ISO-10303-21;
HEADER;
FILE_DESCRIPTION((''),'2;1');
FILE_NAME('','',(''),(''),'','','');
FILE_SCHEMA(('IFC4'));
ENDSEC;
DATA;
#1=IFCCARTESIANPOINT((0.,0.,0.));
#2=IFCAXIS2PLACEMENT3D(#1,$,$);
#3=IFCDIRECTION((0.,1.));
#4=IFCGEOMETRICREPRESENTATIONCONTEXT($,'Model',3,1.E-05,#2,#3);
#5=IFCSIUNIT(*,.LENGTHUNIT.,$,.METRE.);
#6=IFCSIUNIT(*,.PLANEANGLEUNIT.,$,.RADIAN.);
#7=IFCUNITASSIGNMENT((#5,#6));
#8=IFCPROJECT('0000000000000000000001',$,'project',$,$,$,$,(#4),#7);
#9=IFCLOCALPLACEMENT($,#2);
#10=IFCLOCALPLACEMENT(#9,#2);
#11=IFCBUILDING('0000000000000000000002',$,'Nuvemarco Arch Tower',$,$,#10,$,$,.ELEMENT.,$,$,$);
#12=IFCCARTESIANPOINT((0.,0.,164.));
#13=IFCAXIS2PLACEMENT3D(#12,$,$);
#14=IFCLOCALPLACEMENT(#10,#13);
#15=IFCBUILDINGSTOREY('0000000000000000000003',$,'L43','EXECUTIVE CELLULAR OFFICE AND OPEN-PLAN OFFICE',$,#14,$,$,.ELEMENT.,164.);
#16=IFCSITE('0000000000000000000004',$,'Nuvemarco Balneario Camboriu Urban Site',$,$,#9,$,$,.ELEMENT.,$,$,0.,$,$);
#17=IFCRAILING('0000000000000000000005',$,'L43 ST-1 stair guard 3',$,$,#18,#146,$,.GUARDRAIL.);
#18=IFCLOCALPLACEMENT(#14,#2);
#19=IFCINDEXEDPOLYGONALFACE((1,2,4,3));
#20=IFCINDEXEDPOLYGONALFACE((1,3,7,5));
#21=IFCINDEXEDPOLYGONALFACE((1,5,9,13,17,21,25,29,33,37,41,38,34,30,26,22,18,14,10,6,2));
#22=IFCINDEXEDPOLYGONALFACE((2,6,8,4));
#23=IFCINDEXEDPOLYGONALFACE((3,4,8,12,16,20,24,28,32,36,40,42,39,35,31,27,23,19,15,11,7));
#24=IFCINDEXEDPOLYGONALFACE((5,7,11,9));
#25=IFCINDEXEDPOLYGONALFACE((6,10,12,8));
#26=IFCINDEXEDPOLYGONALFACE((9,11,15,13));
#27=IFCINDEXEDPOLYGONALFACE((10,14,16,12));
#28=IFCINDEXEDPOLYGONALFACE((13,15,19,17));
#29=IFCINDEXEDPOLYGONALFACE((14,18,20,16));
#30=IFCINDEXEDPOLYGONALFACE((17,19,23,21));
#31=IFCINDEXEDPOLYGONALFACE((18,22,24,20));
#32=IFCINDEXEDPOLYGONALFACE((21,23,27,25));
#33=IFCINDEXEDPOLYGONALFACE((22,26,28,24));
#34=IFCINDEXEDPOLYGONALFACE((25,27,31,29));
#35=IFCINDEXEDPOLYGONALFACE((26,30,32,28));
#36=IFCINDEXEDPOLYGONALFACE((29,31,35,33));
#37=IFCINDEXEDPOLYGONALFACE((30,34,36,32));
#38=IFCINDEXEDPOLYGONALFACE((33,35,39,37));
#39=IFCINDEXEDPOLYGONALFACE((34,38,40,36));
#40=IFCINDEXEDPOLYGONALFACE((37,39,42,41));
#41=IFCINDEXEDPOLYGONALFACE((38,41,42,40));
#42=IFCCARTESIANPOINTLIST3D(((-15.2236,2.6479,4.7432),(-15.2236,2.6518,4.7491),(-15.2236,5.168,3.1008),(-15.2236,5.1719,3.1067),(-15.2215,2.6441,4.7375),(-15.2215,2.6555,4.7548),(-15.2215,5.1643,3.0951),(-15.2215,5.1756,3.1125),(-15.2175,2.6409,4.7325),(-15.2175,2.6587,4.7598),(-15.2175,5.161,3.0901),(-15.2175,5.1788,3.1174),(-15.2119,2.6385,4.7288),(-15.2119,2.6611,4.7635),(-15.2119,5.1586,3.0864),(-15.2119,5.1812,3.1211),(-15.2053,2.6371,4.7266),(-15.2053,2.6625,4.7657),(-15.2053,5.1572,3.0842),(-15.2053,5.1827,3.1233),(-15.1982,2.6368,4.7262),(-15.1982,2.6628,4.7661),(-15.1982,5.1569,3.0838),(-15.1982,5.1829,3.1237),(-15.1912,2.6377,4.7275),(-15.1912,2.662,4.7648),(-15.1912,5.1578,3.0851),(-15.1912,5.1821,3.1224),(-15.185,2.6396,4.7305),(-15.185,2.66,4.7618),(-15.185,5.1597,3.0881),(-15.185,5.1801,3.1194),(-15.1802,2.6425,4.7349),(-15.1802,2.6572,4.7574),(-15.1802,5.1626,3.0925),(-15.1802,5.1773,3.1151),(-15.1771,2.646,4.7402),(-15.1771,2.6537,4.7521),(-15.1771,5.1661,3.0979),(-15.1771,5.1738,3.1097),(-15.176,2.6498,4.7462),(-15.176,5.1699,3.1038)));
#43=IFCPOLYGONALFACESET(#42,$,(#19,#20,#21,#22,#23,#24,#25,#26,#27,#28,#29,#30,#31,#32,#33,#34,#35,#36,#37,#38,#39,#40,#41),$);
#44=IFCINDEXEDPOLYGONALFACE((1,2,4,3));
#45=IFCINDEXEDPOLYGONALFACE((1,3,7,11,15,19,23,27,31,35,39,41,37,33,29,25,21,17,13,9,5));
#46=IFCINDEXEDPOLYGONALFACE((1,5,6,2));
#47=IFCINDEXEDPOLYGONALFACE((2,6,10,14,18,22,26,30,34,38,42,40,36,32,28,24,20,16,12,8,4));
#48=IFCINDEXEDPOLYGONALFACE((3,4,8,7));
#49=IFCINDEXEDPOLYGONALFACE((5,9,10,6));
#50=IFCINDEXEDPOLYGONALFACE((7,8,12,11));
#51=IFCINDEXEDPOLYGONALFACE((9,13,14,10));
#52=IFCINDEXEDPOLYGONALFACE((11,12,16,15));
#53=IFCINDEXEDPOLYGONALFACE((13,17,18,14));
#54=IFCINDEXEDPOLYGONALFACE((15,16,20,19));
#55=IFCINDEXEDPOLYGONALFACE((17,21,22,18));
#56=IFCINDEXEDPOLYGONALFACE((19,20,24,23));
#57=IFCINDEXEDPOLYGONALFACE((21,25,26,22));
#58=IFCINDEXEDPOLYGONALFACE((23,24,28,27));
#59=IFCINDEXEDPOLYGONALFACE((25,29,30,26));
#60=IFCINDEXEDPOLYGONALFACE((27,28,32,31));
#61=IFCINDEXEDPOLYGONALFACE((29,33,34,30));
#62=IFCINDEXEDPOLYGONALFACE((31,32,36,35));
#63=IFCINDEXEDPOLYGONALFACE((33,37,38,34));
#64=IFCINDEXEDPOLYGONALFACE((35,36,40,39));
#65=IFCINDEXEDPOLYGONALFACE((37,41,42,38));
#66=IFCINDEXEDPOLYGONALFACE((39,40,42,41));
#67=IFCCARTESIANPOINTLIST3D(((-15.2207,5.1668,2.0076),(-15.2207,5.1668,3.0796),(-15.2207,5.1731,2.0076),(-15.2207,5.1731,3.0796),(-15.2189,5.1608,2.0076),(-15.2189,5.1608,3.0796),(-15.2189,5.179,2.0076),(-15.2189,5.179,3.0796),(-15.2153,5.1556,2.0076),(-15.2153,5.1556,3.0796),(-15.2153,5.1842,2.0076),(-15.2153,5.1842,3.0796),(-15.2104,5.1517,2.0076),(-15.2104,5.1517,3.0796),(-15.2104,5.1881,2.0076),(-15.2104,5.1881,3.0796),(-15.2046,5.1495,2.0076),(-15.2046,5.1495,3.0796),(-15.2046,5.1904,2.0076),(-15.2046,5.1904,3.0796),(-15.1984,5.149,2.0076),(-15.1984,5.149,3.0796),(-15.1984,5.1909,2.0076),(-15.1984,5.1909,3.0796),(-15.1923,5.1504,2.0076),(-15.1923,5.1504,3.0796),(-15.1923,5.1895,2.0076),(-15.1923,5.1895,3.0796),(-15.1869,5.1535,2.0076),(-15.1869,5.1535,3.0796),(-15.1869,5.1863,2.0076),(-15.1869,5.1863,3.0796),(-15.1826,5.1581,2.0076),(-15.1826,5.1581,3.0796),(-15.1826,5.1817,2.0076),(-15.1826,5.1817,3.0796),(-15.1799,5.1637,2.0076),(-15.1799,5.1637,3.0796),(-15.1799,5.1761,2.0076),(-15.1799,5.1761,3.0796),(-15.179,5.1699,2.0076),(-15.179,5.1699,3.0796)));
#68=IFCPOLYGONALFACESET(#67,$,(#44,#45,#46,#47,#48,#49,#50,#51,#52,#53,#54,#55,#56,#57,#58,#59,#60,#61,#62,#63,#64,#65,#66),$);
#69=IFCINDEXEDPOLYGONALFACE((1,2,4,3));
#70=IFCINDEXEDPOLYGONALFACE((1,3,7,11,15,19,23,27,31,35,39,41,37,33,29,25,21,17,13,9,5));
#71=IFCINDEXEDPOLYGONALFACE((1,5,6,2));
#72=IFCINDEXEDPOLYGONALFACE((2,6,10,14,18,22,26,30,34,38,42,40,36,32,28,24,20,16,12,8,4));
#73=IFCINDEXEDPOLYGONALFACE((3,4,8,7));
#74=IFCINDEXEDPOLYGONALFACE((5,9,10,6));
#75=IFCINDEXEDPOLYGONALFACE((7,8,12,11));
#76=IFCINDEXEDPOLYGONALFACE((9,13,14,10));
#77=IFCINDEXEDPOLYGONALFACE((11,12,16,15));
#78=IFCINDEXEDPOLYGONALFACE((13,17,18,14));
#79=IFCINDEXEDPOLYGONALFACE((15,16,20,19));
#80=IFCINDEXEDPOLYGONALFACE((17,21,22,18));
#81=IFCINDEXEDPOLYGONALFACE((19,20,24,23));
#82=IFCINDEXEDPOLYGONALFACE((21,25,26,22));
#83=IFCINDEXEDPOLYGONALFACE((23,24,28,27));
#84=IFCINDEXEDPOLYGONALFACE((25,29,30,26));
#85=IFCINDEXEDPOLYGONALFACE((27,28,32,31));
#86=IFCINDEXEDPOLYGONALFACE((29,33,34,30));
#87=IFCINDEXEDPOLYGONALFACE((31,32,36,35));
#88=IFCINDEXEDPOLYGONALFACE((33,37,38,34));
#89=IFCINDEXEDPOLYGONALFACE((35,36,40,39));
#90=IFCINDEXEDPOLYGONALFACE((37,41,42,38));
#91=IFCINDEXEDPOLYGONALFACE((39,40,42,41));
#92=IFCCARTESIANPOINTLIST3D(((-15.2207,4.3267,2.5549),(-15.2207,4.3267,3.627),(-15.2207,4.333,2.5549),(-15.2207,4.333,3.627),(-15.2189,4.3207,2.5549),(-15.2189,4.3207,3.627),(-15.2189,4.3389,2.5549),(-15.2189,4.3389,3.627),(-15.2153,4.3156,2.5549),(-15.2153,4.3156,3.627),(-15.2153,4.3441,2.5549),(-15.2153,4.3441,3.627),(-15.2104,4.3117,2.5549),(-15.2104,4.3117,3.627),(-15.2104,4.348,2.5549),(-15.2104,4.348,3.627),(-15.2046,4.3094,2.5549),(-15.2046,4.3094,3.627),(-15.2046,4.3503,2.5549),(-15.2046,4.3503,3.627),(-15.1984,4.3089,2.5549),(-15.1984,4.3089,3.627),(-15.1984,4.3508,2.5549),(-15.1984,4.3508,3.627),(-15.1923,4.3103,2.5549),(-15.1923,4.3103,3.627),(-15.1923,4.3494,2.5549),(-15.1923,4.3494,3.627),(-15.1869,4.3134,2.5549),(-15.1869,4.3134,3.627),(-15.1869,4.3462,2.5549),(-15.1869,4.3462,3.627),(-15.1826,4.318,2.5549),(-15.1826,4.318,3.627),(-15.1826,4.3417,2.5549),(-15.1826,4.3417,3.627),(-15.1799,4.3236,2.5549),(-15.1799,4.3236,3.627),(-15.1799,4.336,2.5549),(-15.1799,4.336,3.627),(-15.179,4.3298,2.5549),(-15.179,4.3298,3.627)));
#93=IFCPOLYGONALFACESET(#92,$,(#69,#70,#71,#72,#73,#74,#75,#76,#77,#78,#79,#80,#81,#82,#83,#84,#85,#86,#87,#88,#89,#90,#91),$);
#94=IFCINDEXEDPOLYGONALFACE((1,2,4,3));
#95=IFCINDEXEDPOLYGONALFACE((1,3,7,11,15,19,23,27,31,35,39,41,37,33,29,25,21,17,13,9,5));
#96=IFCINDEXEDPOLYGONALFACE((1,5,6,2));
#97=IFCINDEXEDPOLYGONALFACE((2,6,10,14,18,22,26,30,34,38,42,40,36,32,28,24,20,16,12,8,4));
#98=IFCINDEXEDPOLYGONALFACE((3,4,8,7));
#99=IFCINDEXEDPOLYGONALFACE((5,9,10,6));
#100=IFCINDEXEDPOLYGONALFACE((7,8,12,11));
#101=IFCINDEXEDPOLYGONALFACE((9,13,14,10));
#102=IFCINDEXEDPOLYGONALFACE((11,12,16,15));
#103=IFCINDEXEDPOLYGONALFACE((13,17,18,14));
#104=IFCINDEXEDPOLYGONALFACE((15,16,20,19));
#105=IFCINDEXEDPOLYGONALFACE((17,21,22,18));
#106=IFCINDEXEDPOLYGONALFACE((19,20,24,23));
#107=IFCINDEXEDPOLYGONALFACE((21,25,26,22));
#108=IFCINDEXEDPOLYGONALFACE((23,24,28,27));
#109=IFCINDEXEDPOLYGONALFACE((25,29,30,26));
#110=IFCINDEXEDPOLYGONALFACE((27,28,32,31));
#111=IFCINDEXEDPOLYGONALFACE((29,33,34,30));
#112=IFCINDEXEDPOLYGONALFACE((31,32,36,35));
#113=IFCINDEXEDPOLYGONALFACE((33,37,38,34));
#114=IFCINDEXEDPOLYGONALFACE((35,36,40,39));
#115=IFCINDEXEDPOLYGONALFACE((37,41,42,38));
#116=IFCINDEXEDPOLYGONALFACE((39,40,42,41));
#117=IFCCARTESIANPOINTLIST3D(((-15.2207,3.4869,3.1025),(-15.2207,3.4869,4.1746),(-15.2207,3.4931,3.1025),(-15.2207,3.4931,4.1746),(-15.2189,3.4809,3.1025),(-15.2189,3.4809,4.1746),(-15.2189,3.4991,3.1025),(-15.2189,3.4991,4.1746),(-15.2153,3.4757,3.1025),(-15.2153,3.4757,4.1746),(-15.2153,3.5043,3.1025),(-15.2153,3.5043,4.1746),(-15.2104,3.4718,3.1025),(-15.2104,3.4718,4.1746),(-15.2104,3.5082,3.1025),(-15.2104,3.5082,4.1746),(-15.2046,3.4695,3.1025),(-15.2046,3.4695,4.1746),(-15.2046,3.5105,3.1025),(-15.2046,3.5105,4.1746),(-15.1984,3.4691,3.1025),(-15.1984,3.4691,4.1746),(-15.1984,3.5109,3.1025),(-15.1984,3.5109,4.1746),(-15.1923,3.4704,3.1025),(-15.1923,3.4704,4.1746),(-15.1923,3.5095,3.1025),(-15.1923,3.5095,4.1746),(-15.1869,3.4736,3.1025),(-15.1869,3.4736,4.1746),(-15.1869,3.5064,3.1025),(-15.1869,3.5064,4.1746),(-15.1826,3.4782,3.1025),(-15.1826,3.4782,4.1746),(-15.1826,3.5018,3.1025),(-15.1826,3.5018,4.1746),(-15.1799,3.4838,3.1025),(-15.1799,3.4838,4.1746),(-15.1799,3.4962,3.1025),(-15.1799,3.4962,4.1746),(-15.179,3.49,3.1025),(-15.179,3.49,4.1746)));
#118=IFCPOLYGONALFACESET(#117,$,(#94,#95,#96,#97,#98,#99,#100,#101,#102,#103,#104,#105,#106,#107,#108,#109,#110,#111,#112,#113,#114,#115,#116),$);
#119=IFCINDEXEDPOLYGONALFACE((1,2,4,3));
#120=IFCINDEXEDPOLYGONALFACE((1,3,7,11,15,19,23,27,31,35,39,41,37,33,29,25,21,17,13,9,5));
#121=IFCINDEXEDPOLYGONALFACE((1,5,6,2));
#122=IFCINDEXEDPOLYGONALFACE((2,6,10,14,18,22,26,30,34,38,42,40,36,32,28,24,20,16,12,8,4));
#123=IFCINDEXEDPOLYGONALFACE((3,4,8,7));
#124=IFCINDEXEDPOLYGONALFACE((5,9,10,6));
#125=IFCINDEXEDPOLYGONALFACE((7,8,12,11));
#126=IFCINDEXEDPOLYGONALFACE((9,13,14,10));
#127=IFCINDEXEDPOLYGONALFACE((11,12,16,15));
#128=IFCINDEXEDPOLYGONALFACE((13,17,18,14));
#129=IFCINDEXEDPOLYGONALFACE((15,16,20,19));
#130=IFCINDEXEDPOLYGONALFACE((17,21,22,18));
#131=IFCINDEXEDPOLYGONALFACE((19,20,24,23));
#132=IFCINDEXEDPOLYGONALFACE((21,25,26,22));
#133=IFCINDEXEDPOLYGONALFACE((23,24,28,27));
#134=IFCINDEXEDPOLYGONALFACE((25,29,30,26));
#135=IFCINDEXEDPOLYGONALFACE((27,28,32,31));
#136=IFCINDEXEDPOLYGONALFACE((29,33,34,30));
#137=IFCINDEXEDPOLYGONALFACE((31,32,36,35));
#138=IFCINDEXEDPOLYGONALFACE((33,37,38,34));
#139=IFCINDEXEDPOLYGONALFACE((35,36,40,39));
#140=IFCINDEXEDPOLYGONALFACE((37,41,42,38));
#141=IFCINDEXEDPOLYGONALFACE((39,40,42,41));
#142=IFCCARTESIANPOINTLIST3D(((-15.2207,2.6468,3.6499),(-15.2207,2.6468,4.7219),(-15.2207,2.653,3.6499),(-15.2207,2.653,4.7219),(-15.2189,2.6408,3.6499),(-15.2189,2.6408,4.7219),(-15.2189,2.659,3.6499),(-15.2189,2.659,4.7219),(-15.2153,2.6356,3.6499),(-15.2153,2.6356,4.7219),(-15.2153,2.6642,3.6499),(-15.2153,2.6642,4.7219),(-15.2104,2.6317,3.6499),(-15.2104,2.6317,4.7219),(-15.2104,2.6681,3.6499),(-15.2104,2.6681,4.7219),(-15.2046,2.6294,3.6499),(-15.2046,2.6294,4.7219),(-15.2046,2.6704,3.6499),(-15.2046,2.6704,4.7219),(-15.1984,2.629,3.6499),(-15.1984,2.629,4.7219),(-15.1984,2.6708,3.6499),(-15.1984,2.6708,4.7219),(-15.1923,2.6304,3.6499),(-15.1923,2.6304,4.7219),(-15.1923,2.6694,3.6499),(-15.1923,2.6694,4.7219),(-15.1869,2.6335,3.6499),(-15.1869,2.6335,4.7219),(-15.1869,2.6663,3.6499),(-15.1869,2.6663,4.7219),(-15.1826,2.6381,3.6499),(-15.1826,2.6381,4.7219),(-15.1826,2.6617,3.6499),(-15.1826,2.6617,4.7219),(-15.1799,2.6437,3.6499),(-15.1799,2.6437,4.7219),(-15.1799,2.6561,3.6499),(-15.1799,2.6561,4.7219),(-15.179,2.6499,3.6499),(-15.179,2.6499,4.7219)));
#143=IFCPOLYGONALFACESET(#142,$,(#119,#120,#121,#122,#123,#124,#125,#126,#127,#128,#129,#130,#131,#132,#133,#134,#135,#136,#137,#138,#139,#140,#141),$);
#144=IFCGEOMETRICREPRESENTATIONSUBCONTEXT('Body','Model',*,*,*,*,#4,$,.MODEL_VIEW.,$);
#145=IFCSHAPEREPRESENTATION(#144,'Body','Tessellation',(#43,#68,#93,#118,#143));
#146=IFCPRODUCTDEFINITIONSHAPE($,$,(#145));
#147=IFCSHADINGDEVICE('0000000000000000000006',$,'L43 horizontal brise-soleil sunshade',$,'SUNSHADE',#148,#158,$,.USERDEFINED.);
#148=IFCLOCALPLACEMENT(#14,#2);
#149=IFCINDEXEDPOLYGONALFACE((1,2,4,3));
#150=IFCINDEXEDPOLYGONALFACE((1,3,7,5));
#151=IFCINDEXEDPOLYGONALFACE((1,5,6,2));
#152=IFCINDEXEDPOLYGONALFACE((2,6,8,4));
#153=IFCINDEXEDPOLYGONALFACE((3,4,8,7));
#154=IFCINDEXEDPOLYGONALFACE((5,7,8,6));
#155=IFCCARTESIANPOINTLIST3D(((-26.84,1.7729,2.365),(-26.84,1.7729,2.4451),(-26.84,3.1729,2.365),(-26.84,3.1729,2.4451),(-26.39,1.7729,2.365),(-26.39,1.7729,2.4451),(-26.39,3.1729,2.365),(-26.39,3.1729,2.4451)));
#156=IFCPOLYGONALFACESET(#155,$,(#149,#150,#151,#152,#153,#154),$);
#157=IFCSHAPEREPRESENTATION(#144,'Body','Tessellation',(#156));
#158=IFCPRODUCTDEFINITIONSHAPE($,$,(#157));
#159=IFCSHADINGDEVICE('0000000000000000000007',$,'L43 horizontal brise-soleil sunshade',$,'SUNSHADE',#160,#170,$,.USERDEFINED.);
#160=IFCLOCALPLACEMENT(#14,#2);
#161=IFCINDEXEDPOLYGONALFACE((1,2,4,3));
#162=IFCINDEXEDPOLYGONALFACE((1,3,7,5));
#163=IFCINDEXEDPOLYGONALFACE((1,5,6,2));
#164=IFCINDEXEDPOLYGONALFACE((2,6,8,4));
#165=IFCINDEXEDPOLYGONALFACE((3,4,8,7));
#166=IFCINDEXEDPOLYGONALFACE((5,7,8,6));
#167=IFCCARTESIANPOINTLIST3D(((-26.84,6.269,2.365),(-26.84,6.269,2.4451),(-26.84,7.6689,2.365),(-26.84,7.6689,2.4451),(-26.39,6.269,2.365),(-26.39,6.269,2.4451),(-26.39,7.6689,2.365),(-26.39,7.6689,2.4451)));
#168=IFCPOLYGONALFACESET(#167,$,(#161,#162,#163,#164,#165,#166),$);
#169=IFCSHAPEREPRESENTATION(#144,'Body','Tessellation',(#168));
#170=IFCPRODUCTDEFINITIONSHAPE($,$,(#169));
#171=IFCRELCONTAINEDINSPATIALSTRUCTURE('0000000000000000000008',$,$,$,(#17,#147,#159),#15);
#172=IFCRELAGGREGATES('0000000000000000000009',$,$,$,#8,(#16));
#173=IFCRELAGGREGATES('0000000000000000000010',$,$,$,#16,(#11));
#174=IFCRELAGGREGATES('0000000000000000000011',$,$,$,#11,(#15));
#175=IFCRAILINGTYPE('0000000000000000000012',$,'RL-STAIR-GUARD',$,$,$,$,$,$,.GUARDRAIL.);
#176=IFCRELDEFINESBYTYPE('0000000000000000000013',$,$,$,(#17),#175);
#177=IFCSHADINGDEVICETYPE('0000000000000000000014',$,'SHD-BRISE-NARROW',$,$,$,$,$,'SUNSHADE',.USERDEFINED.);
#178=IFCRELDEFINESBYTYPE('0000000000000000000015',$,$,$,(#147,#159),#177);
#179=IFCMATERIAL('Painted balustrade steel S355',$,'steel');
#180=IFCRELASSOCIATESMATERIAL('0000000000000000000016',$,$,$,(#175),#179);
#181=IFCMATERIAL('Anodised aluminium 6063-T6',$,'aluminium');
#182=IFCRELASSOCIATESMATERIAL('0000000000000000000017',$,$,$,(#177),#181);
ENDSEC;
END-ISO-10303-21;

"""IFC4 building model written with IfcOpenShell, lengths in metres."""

from ifc_helpers import new_model, si_unit, direction, frame, origin, origin_2d, place, context, subcontext, project, spatial, rectangle, circle, extrude, source, transform, mapped, material, type_object, type_shapes, element, save


model = new_model("IFC4")

# Units and contexts
model_context = context("Model", 3, precision=1e-05, world=origin(), true_north=direction((0.0, 1.0)))
body_context = subcontext(model_context, "Body", "Model", "MODEL_VIEW")
ifc_project = project(units=[si_unit("LENGTHUNIT", "METRE"), si_unit("PLANEANGLEUNIT", "RADIAN")], contexts=[model_context])

# Site, building, storey
site_placement = place(None, origin())
site = spatial("IfcSite", under=ifc_project, at=site_placement, Name="Nuvemarco Balneario Camboriu Urban Site", CompositionType="ELEMENT", RefElevation=0.0)
building_placement = place(site_placement, origin())
building = spatial("IfcBuilding", under=site, at=building_placement, Name="Nuvemarco Arch Tower", CompositionType="ELEMENT")
storey_placement = place(building_placement, frame((0.0, 0.0, 164.0)))
storey = spatial("IfcBuildingStorey", under=building, at=storey_placement, Name="L43", Description="EXECUTIVE CELLULAR OFFICE AND OPEN-PLAN OFFICE", CompositionType="ELEMENT", Elevation=164.0)

# Railing
ifc_material_1 = material(Name="Painted balustrade steel S355", Category="steel")
railing_type_1 = type_object("IfcRailingType", Name="RL-STAIR-GUARD", PredefinedType="GUARDRAIL", material=ifc_material_1)
railing_1_placement = place(storey_placement, frame((-15.2, 5.1699, 2.0076)))
element("IfcRailing", 1, at=railing_1_placement, inside=storey, type_object=railing_type_1, Name="L43 ST-1 stair guard 3", PredefinedType="GUARDRAIL", context=body_context, shape_type="SweptSolid", body=[
    extrude(circle(Radius=0.0239, at=origin_2d()), frame((0.0, 0.0, 1.0962), z_axis=(0.0, -0.837787, 0.545998), x_axis=(1.0, 0.0, 0.0)), (0.0, 0.0, 1.0), 3.0081),
    extrude(circle(Radius=0.021, at=origin_2d()), origin(), (0.0, 0.0, 1.0), 1.072),
    extrude(circle(Radius=0.021, at=origin_2d()), frame((0.0, -0.8401, 0.5474)), (0.0, 0.0, 1.0), 1.072),
    extrude(circle(Radius=0.021, at=origin_2d()), frame((0.0, -1.6799, 1.095)), (0.0, 0.0, 1.0), 1.072),
    extrude(circle(Radius=0.021, at=origin_2d()), frame((0.0, -2.52, 1.6423)), (0.0, 0.0, 1.0), 1.072),
])

# Shading devices
ifc_material_2 = material(Name="Anodised aluminium 6063-T6", Category="aluminium")
shading_device_type = type_object("IfcShadingDeviceType", Name="SHD-BRISE-NARROW", ElementType="SUNSHADE", PredefinedType="USERDEFINED", material=ifc_material_2)
shared_shape = source(origin(), body_context, "Body", "SweptSolid", [
    extrude(rectangle(XDim=1.3999, YDim=0.45, at=origin_2d()), origin(), (0.0, 0.0, 1.0), 0.0801),
])
type_shapes(shading_device_type, [shared_shape])
for number, where, z_axis, x_axis, name in (
    (2, (-26.615, 2.4729, 2.365), (0.0, 0.0, 1.0), (0.0, 1.0, 0.0), "L43 horizontal brise-soleil sunshade"),
    (3, (-26.615, 6.969, 2.365), (0.0, 0.0, 1.0), (0.0, 1.0, 0.0), "L43 horizontal brise-soleil sunshade"),
):
    element("IfcShadingDevice", number, at=place(storey_placement, frame(where, z_axis=z_axis, x_axis=x_axis)), inside=storey, type_object=shading_device_type, Name=name, ObjectType="SUNSHADE", PredefinedType="USERDEFINED", context=body_context, shape_type="MappedRepresentation", body=[
        mapped(shared_shape, transform((0.0, 0.0, 0.0), scale=1.0)),
    ])

save(model, "model.ifc")
